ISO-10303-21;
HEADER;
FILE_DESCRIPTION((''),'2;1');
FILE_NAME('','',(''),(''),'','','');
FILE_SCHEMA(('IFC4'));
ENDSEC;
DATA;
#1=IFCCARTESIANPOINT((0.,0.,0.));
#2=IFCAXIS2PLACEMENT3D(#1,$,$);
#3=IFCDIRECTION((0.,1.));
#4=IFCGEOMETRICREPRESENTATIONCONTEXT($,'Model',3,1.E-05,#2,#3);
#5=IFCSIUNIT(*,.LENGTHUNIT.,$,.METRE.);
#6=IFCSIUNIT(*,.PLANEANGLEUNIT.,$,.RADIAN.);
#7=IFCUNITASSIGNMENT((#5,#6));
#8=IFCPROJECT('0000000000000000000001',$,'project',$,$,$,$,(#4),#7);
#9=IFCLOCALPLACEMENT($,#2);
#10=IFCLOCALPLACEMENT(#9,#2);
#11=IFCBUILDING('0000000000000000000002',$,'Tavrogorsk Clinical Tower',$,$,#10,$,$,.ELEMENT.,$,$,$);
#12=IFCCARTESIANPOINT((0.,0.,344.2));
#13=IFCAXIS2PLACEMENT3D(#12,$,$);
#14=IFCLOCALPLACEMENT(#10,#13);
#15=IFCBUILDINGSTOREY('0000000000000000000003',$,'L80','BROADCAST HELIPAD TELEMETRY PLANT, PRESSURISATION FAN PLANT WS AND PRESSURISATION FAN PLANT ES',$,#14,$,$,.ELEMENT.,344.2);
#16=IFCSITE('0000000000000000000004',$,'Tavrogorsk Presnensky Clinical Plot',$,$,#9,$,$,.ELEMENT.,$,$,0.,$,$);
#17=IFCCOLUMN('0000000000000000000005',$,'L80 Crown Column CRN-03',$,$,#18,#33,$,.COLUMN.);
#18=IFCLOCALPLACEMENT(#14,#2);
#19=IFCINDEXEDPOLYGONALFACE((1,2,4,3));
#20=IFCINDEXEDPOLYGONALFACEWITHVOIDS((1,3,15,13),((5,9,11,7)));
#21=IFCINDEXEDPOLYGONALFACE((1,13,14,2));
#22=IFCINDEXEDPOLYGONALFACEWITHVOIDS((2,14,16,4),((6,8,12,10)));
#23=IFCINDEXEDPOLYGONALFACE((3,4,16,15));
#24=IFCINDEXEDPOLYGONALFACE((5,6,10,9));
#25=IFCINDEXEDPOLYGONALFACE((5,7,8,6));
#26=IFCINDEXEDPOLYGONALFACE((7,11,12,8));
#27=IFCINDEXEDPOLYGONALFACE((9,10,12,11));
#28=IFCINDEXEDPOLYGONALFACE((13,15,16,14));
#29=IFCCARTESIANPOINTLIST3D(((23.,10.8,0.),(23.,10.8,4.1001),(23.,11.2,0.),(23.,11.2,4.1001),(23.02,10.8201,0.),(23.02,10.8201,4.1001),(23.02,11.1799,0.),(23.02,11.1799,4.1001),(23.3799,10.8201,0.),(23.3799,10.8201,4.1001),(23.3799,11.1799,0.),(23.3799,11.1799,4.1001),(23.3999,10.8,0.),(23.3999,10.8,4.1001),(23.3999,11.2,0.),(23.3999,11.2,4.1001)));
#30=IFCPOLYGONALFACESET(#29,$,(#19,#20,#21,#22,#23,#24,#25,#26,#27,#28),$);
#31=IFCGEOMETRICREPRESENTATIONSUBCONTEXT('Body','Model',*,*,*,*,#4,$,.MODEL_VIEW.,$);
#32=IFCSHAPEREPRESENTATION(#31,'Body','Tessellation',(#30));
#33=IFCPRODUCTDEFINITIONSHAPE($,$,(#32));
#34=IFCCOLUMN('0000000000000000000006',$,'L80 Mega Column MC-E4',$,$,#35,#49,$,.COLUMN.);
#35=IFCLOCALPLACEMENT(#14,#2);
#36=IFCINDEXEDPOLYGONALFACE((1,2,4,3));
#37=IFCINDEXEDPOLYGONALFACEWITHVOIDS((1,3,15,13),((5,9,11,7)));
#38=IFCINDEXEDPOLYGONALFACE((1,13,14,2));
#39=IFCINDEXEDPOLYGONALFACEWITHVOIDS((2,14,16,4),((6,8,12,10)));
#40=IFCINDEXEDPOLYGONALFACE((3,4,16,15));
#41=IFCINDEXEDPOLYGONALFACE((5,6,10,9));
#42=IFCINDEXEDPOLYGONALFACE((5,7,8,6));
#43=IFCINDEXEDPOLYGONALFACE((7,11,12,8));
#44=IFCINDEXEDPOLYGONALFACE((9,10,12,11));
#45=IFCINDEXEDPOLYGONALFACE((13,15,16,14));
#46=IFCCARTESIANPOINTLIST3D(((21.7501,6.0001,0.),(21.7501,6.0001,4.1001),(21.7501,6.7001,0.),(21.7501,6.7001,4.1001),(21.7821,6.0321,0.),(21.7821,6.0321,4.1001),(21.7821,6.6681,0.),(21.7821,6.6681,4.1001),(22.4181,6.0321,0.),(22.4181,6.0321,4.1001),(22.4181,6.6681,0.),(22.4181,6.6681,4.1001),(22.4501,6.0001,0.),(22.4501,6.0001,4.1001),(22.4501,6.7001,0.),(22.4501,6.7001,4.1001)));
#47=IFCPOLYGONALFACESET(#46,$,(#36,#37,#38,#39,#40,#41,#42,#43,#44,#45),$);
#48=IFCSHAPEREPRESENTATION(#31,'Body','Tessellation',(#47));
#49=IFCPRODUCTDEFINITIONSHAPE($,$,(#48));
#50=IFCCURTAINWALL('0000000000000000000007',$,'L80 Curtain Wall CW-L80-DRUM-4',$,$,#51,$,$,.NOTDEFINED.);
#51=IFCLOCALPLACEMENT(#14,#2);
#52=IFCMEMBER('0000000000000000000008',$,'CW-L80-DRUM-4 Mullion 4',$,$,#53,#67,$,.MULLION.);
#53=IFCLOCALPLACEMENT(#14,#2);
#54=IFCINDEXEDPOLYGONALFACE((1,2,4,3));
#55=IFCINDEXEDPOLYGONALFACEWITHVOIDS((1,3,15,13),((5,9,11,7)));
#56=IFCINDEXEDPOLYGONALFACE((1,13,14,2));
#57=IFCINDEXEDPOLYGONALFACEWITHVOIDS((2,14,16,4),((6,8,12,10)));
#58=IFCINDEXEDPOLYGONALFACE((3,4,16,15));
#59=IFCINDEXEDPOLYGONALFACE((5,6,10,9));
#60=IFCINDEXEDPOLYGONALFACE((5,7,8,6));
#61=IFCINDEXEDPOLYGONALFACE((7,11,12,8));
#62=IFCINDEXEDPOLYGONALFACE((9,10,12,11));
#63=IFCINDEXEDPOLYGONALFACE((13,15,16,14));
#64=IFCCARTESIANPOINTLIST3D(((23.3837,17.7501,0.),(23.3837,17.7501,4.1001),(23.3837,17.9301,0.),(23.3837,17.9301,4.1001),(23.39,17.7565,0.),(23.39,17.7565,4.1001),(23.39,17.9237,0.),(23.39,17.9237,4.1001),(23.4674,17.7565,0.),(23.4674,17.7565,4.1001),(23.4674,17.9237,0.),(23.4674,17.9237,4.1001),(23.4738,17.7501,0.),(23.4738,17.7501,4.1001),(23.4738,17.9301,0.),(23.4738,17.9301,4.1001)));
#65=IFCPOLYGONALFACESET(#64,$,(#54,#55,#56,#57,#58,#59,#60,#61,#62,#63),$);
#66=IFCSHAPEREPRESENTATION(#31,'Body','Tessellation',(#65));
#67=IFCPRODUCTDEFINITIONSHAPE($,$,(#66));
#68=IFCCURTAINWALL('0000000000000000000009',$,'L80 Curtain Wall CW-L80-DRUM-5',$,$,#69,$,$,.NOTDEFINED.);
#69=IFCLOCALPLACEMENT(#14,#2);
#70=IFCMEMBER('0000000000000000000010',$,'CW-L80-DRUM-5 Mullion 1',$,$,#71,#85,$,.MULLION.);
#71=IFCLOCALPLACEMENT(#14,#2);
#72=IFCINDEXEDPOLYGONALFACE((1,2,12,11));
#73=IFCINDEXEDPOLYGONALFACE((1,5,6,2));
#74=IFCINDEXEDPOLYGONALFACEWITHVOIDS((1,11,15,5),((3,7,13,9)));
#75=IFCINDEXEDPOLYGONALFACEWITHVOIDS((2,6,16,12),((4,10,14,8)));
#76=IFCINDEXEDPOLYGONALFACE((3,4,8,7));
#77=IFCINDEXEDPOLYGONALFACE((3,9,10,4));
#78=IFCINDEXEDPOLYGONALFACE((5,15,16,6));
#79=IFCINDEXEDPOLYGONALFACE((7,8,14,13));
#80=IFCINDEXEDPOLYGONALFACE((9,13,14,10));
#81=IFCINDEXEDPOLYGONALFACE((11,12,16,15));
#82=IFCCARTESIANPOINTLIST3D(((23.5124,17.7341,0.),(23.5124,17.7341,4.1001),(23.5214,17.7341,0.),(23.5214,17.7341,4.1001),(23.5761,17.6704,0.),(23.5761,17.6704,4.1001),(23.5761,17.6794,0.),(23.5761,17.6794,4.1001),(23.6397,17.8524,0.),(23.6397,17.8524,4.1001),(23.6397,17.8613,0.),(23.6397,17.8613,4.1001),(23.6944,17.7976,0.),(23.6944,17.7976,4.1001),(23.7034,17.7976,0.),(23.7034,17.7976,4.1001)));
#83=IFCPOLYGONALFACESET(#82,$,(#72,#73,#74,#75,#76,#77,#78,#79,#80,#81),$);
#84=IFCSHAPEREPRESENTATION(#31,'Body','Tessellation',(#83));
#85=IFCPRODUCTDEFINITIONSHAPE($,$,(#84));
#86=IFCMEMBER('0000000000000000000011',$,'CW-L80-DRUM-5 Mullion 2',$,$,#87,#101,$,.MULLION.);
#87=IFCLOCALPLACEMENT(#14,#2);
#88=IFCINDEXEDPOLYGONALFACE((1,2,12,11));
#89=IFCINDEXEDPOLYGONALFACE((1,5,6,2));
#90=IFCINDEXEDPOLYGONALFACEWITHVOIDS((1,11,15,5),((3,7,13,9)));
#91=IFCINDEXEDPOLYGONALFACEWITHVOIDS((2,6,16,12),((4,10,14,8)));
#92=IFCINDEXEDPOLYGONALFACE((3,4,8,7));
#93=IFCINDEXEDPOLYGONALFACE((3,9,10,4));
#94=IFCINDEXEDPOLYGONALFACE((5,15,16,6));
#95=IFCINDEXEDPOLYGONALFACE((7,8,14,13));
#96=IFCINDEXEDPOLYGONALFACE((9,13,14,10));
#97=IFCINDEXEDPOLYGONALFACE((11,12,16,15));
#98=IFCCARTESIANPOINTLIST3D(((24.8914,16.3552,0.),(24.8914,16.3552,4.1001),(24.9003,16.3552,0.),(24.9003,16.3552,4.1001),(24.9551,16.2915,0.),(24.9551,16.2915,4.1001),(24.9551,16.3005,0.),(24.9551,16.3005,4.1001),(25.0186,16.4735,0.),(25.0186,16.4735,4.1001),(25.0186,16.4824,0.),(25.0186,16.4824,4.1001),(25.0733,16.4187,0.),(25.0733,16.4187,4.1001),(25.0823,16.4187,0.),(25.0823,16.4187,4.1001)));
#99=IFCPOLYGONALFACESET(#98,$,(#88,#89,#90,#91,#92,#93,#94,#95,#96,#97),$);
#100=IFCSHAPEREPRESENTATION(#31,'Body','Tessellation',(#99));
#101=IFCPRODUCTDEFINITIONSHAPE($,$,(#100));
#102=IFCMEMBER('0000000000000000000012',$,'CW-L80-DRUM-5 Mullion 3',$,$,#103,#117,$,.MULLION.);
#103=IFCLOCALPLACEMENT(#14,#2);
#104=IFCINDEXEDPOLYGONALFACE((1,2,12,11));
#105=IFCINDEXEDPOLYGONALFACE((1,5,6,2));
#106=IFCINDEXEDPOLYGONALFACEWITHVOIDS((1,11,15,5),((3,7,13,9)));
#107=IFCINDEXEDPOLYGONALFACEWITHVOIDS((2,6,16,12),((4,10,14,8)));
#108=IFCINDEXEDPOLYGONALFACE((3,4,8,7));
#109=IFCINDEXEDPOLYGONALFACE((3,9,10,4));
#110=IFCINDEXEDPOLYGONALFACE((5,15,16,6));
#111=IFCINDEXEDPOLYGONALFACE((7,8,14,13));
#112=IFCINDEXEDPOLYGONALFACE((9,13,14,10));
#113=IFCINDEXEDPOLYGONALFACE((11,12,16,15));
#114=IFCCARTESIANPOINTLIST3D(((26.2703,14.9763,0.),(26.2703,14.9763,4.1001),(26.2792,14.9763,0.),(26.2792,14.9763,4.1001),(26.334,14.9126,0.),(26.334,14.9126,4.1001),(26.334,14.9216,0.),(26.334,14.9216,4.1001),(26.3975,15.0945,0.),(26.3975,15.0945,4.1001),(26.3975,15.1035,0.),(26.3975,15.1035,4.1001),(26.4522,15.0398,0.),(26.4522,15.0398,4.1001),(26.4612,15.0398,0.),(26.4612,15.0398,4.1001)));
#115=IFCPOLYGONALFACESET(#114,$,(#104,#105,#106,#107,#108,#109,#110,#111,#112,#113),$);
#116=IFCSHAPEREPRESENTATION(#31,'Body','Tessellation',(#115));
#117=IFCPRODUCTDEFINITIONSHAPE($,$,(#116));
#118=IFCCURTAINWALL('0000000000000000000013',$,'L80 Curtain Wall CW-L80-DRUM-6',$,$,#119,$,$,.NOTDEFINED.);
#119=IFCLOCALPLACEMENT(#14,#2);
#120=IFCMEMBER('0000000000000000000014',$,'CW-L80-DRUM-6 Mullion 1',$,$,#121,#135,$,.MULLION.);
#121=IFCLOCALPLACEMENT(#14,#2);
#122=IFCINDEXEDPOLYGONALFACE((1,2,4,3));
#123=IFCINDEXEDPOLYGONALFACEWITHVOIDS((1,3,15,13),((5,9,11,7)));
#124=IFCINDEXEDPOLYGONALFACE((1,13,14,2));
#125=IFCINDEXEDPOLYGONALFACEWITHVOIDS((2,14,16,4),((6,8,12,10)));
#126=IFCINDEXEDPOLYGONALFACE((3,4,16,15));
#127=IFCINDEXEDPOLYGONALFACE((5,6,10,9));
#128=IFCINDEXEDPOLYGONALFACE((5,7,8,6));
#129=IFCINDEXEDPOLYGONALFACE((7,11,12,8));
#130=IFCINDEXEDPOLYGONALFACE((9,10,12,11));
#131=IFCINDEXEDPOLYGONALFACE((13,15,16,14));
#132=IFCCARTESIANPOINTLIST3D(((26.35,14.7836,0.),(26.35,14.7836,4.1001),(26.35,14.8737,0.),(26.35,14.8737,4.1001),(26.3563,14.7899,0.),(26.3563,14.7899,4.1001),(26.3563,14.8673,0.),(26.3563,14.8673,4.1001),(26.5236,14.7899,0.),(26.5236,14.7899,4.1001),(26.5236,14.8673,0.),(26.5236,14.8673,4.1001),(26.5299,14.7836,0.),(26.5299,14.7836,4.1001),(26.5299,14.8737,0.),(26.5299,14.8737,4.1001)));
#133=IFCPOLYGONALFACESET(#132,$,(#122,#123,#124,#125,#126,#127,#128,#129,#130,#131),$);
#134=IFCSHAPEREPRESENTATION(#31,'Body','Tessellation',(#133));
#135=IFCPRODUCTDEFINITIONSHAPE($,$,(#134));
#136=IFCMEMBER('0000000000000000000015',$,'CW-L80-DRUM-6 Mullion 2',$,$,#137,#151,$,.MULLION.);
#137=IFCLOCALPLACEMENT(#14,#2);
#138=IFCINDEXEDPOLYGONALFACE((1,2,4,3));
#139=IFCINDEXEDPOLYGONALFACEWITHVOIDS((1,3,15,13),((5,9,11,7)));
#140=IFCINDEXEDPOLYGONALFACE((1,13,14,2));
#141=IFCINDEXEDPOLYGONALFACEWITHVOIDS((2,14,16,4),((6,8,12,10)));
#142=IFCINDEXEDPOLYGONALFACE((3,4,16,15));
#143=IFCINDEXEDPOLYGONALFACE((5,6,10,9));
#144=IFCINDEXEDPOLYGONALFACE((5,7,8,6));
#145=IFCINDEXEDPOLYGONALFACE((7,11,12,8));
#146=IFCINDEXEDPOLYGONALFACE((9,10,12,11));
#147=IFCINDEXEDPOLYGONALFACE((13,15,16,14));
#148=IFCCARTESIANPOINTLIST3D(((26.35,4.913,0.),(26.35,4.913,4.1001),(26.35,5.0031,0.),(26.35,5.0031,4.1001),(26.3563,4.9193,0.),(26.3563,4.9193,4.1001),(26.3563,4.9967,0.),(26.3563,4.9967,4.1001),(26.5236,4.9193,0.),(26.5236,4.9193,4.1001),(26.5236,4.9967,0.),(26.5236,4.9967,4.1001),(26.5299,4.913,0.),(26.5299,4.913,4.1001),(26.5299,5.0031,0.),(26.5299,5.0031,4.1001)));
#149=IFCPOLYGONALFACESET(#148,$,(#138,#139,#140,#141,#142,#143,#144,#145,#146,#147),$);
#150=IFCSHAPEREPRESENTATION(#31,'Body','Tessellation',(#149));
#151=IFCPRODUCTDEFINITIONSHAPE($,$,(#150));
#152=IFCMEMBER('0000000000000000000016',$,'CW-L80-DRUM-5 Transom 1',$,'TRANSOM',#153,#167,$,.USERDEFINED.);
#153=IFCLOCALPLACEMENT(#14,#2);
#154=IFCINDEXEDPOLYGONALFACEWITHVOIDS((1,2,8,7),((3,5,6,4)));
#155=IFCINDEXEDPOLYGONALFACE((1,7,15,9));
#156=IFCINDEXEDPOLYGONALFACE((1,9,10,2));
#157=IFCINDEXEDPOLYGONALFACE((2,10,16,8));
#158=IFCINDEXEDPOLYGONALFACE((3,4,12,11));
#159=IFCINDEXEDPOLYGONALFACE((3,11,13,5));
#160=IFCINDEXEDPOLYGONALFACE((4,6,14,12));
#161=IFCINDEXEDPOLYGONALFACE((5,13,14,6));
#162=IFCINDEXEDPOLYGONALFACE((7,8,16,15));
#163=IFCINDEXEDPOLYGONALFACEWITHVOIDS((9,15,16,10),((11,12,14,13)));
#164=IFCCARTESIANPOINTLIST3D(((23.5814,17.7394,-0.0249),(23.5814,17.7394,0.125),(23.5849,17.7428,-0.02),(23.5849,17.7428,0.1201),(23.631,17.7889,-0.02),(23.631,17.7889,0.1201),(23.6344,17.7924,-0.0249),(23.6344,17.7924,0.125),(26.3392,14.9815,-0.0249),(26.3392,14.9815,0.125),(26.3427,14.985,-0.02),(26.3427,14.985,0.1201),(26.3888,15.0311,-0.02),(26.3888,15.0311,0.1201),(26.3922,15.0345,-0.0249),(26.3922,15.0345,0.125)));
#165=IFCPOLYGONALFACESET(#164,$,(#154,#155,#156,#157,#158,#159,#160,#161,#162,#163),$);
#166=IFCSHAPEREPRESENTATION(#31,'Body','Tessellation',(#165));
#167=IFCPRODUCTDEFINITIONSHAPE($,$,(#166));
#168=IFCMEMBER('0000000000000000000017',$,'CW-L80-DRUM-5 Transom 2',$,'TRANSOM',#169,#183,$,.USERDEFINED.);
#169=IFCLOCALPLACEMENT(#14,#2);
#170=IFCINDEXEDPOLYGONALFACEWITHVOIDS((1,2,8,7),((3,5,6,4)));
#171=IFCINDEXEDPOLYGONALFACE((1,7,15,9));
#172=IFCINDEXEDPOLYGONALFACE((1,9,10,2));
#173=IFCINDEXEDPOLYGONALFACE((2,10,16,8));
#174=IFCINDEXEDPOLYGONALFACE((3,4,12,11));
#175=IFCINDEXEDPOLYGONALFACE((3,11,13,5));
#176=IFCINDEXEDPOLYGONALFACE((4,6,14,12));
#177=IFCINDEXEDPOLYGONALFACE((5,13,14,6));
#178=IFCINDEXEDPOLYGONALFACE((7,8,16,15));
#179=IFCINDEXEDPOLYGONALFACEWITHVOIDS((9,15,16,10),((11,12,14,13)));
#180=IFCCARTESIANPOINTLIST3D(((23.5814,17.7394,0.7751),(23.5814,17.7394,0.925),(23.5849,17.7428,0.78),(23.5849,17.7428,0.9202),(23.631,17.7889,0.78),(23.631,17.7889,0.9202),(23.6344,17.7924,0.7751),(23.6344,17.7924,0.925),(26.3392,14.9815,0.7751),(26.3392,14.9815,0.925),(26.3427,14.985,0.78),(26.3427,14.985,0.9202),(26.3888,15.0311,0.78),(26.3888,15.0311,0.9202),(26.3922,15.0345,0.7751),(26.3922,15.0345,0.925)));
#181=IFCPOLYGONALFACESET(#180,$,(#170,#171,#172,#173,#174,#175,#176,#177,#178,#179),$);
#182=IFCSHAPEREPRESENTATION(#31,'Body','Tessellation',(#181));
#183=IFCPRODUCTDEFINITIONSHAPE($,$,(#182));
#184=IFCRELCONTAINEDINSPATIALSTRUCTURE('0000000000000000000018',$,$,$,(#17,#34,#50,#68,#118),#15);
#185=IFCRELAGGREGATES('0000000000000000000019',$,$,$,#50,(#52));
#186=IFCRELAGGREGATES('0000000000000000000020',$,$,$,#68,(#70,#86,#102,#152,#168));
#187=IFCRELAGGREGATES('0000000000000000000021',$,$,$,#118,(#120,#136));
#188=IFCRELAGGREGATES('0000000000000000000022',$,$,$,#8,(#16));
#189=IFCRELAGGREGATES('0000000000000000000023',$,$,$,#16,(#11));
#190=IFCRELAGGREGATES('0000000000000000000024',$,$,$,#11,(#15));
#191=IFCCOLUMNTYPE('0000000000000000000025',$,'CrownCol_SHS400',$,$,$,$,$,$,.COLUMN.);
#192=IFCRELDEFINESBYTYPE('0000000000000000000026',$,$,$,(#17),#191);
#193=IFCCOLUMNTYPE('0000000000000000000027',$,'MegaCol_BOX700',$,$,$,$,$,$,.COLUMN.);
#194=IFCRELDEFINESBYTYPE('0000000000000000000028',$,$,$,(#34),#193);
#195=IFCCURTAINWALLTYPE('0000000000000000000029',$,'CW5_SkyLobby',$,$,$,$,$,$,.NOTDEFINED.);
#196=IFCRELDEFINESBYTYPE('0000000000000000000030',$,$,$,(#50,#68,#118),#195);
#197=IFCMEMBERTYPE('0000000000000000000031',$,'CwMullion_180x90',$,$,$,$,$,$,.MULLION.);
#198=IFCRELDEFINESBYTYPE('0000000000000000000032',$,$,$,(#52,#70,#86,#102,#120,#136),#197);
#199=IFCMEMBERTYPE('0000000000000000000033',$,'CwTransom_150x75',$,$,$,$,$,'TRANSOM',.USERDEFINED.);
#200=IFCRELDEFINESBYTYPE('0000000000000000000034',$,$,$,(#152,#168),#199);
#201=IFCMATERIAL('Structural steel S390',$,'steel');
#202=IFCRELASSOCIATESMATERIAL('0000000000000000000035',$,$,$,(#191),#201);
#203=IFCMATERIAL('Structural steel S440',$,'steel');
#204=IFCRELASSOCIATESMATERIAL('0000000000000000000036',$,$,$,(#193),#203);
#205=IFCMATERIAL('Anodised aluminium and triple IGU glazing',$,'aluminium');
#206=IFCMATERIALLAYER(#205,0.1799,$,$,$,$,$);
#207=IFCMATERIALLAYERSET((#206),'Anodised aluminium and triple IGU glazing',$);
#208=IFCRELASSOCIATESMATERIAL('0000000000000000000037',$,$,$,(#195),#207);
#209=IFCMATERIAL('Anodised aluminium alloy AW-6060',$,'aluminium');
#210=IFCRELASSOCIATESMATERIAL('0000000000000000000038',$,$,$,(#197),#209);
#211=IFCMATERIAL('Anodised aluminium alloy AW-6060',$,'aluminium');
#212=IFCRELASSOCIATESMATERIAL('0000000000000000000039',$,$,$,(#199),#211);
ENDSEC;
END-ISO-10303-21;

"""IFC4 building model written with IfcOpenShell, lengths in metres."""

from ifc_helpers import new_model, si_unit, direction, frame, origin, origin_2d, place, context, subcontext, project, spatial, hollow_rectangle, extrude, material, layer, layer_set, material_profile, profile_set, type_object, element, aggregate, save


model = new_model("IFC4")

# Units and contexts
model_context = context("Model", 3, precision=1e-05, world=origin(), true_north=direction((0.0, 1.0)))
body_context = subcontext(model_context, "Body", "Model", "MODEL_VIEW")
ifc_project = project(units=[si_unit("LENGTHUNIT", "METRE"), si_unit("PLANEANGLEUNIT", "RADIAN")], contexts=[model_context])

# Site, building, storey
site_placement = place(None, origin())
site = spatial("IfcSite", under=ifc_project, at=site_placement, Name="Tavrogorsk Presnensky Clinical Plot", CompositionType="ELEMENT", RefElevation=0.0)
building_placement = place(site_placement, origin())
building = spatial("IfcBuilding", under=site, at=building_placement, Name="Tavrogorsk Clinical Tower", CompositionType="ELEMENT")
storey_placement = place(building_placement, frame((0.0, 0.0, 344.2)))
storey = spatial("IfcBuildingStorey", under=building, at=storey_placement, Name="L80", Description="BROADCAST HELIPAD TELEMETRY PLANT, PRESSURISATION FAN PLANT WS AND PRESSURISATION FAN PLANT ES", CompositionType="ELEMENT", Elevation=344.2)

# Columns
ifc_material_1 = material(Name="Structural steel S390", Category="steel")
ifc_material_profile_1 = material_profile(ifc_material_1, hollow_rectangle(XDim=0.3999, YDim=0.3999, WallThickness=0.02, at=origin_2d()), Name="SHS-400x400x20")
ifc_profile_set_1 = profile_set([ifc_material_profile_1], Name="Structural steel S390")
column_type_1 = type_object("IfcColumnType", Name="CrownCol_SHS400", PredefinedType="COLUMN", material=ifc_profile_set_1)
column_1_placement = place(storey_placement, frame((23.2, 11.0, 0.0), z_axis=(0.0, 0.0, 1.0), x_axis=(1.0, 0.0, 0.0)))
element("IfcColumn", 1, at=column_1_placement, inside=storey, type_object=column_type_1, Name="L80 Crown Column CRN-03", PredefinedType="COLUMN", context=body_context, shape_type="SweptSolid", body=[
    extrude(hollow_rectangle(XDim=0.3999, YDim=0.3999, WallThickness=0.02, at=origin_2d()), origin(), (0.0, 0.0, 1.0), 4.1001),
])
ifc_material_2 = material(Name="Structural steel S440", Category="steel")
ifc_material_profile_2 = material_profile(ifc_material_2, hollow_rectangle(XDim=0.7, YDim=0.7, WallThickness=0.032, at=origin_2d()), Name="BOX-700x700x32")
ifc_profile_set_2 = profile_set([ifc_material_profile_2], Name="Structural steel S440")
column_type_2 = type_object("IfcColumnType", Name="MegaCol_BOX700", PredefinedType="COLUMN", material=ifc_profile_set_2)
column_2_placement = place(storey_placement, frame((22.1001, 6.3501, 0.0), z_axis=(0.0, 0.0, 1.0), x_axis=(1.0, 0.0, 0.0)))
element("IfcColumn", 2, at=column_2_placement, inside=storey, type_object=column_type_2, Name="L80 Mega Column MC-E4", PredefinedType="COLUMN", context=body_context, shape_type="SweptSolid", body=[
    extrude(hollow_rectangle(XDim=0.7, YDim=0.7, WallThickness=0.032, at=origin_2d()), origin(), (0.0, 0.0, 1.0), 4.1001),
])

# Curtain wall, member
ifc_material_3 = material(Name="Anodised aluminium and triple IGU glazing", Category="aluminium")
ifc_layer_1 = layer(ifc_material_3, 0.1799)
ifc_layer_set_1 = layer_set([ifc_layer_1], Name="Anodised aluminium and triple IGU glazing")
curtain_wall_type = type_object("IfcCurtainWallType", Name="CW5_SkyLobby", PredefinedType="NOTDEFINED", material=ifc_layer_set_1)
curtain_wall_1_placement = place(storey_placement, origin())
curtain_wall_1 = element("IfcCurtainWall", 3, at=curtain_wall_1_placement, inside=storey, type_object=curtain_wall_type, Name="L80 Curtain Wall CW-L80-DRUM-4", PredefinedType="NOTDEFINED")
ifc_material_4 = material(Name="Anodised aluminium alloy AW-6060", Category="aluminium")
ifc_material_profile_3 = material_profile(ifc_material_4, hollow_rectangle(XDim=0.0901, YDim=0.1799, WallThickness=0.0063, at=origin_2d()), Name="RHS-180x90x6.3")
ifc_profile_set_3 = profile_set([ifc_material_profile_3], Name="Anodised aluminium alloy AW-6060")
member_type_1 = type_object("IfcMemberType", Name="CwMullion_180x90", PredefinedType="MULLION", material=ifc_profile_set_3)
member_1_placement = place(storey_placement, frame((23.4287, 17.8401, 0.0), z_axis=(0.0, 0.0, 1.0), x_axis=(1.0, 0.0, 0.0)))
member_1 = element("IfcMember", 4, at=member_1_placement, type_object=member_type_1, Name="CW-L80-DRUM-4 Mullion 4", PredefinedType="MULLION", context=body_context, shape_type="SweptSolid", body=[
    extrude(hollow_rectangle(XDim=0.0901, YDim=0.1799, WallThickness=0.0063, at=origin_2d()), origin(), (0.0, 0.0, 1.0), 4.1001),
])
aggregate(curtain_wall_1, [member_1])

# Curtain walls, members
curtain_wall_2_placement = place(storey_placement, origin())
curtain_wall_2 = element("IfcCurtainWall", 5, at=curtain_wall_2_placement, inside=storey, type_object=curtain_wall_type, Name="L80 Curtain Wall CW-L80-DRUM-5", PredefinedType="NOTDEFINED")
member_2_placement = place(storey_placement, frame((23.6079, 17.7659, 0.0), z_axis=(0.0, 0.0, 1.0), x_axis=(0.707107, -0.707107, 0.0)))
member_2 = element("IfcMember", 6, at=member_2_placement, type_object=member_type_1, Name="CW-L80-DRUM-5 Mullion 1", PredefinedType="MULLION", context=body_context, shape_type="SweptSolid", body=[
    extrude(hollow_rectangle(XDim=0.0901, YDim=0.1799, WallThickness=0.0063, at=origin_2d()), origin(), (0.0, 0.0, 1.0), 4.1001),
])
member_3_placement = place(storey_placement, frame((24.9868, 16.387, 0.0), z_axis=(0.0, 0.0, 1.0), x_axis=(0.707107, -0.707107, 0.0)))
member_3 = element("IfcMember", 7, at=member_3_placement, type_object=member_type_1, Name="CW-L80-DRUM-5 Mullion 2", PredefinedType="MULLION", context=body_context, shape_type="SweptSolid", body=[
    extrude(hollow_rectangle(XDim=0.0901, YDim=0.1799, WallThickness=0.0063, at=origin_2d()), origin(), (0.0, 0.0, 1.0), 4.1001),
])
member_4_placement = place(storey_placement, frame((26.3657, 15.0081, 0.0), z_axis=(0.0, 0.0, 1.0), x_axis=(0.707107, -0.707107, 0.0)))
member_4 = element("IfcMember", 8, at=member_4_placement, type_object=member_type_1, Name="CW-L80-DRUM-5 Mullion 3", PredefinedType="MULLION", context=body_context, shape_type="SweptSolid", body=[
    extrude(hollow_rectangle(XDim=0.0901, YDim=0.1799, WallThickness=0.0063, at=origin_2d()), origin(), (0.0, 0.0, 1.0), 4.1001),
])
curtain_wall_3_placement = place(storey_placement, origin())
curtain_wall_3 = element("IfcCurtainWall", 9, at=curtain_wall_3_placement, inside=storey, type_object=curtain_wall_type, Name="L80 Curtain Wall CW-L80-DRUM-6", PredefinedType="NOTDEFINED")
member_5_placement = place(storey_placement, frame((26.4399, 14.8286, 0.0), z_axis=(0.0, 0.0, 1.0), x_axis=(0.0, -1.0, 0.0)))
member_5 = element("IfcMember", 10, at=member_5_placement, type_object=member_type_1, Name="CW-L80-DRUM-6 Mullion 1", PredefinedType="MULLION", context=body_context, shape_type="SweptSolid", body=[
    extrude(hollow_rectangle(XDim=0.0901, YDim=0.1799, WallThickness=0.0063, at=origin_2d()), origin(), (0.0, 0.0, 1.0), 4.1001),
])
member_6_placement = place(storey_placement, frame((26.4399, 4.958, 0.0), z_axis=(0.0, 0.0, 1.0), x_axis=(0.0, -1.0, 0.0)))
member_6 = element("IfcMember", 11, at=member_6_placement, type_object=member_type_1, Name="CW-L80-DRUM-6 Mullion 2", PredefinedType="MULLION", context=body_context, shape_type="SweptSolid", body=[
    extrude(hollow_rectangle(XDim=0.0901, YDim=0.1799, WallThickness=0.0063, at=origin_2d()), origin(), (0.0, 0.0, 1.0), 4.1001),
])

# Members
ifc_material_5 = material(Name="Anodised aluminium alloy AW-6060", Category="aluminium")
ifc_material_profile_4 = material_profile(ifc_material_5, hollow_rectangle(XDim=0.075, YDim=0.1499, WallThickness=0.0049, at=origin_2d()), Name="RHS-150x75x5")
ifc_profile_set_4 = profile_set([ifc_material_profile_4], Name="Anodised aluminium alloy AW-6060")
member_type_2 = type_object("IfcMemberType", Name="CwTransom_150x75", ElementType="TRANSOM", PredefinedType="USERDEFINED", material=ifc_profile_set_4)
member_7_placement = place(storey_placement, frame((23.6079, 17.7659, 0.05), z_axis=(0.707107, -0.707107, 0.0), x_axis=(0.707107, 0.707107, 0.0)))
member_7 = element("IfcMember", 12, at=member_7_placement, type_object=member_type_2, Name="CW-L80-DRUM-5 Transom 1", ObjectType="TRANSOM", PredefinedType="USERDEFINED", context=body_context, shape_type="SweptSolid", body=[
    extrude(hollow_rectangle(XDim=0.075, YDim=0.1499, WallThickness=0.0049, at=origin_2d()), origin(), (0.0, 0.0, 1.0), 3.9001),
])
member_8_placement = place(storey_placement, frame((23.6079, 17.7659, 0.8501), z_axis=(0.707107, -0.707107, 0.0), x_axis=(0.707107, 0.707107, 0.0)))
member_8 = element("IfcMember", 13, at=member_8_placement, type_object=member_type_2, Name="CW-L80-DRUM-5 Transom 2", ObjectType="TRANSOM", PredefinedType="USERDEFINED", context=body_context, shape_type="SweptSolid", body=[
    extrude(hollow_rectangle(XDim=0.075, YDim=0.1499, WallThickness=0.0049, at=origin_2d()), origin(), (0.0, 0.0, 1.0), 3.9001),
])

aggregate(curtain_wall_2, [member_2, member_3, member_4, member_7, member_8])
aggregate(curtain_wall_3, [member_5, member_6])

save(model, "model.ifc")
